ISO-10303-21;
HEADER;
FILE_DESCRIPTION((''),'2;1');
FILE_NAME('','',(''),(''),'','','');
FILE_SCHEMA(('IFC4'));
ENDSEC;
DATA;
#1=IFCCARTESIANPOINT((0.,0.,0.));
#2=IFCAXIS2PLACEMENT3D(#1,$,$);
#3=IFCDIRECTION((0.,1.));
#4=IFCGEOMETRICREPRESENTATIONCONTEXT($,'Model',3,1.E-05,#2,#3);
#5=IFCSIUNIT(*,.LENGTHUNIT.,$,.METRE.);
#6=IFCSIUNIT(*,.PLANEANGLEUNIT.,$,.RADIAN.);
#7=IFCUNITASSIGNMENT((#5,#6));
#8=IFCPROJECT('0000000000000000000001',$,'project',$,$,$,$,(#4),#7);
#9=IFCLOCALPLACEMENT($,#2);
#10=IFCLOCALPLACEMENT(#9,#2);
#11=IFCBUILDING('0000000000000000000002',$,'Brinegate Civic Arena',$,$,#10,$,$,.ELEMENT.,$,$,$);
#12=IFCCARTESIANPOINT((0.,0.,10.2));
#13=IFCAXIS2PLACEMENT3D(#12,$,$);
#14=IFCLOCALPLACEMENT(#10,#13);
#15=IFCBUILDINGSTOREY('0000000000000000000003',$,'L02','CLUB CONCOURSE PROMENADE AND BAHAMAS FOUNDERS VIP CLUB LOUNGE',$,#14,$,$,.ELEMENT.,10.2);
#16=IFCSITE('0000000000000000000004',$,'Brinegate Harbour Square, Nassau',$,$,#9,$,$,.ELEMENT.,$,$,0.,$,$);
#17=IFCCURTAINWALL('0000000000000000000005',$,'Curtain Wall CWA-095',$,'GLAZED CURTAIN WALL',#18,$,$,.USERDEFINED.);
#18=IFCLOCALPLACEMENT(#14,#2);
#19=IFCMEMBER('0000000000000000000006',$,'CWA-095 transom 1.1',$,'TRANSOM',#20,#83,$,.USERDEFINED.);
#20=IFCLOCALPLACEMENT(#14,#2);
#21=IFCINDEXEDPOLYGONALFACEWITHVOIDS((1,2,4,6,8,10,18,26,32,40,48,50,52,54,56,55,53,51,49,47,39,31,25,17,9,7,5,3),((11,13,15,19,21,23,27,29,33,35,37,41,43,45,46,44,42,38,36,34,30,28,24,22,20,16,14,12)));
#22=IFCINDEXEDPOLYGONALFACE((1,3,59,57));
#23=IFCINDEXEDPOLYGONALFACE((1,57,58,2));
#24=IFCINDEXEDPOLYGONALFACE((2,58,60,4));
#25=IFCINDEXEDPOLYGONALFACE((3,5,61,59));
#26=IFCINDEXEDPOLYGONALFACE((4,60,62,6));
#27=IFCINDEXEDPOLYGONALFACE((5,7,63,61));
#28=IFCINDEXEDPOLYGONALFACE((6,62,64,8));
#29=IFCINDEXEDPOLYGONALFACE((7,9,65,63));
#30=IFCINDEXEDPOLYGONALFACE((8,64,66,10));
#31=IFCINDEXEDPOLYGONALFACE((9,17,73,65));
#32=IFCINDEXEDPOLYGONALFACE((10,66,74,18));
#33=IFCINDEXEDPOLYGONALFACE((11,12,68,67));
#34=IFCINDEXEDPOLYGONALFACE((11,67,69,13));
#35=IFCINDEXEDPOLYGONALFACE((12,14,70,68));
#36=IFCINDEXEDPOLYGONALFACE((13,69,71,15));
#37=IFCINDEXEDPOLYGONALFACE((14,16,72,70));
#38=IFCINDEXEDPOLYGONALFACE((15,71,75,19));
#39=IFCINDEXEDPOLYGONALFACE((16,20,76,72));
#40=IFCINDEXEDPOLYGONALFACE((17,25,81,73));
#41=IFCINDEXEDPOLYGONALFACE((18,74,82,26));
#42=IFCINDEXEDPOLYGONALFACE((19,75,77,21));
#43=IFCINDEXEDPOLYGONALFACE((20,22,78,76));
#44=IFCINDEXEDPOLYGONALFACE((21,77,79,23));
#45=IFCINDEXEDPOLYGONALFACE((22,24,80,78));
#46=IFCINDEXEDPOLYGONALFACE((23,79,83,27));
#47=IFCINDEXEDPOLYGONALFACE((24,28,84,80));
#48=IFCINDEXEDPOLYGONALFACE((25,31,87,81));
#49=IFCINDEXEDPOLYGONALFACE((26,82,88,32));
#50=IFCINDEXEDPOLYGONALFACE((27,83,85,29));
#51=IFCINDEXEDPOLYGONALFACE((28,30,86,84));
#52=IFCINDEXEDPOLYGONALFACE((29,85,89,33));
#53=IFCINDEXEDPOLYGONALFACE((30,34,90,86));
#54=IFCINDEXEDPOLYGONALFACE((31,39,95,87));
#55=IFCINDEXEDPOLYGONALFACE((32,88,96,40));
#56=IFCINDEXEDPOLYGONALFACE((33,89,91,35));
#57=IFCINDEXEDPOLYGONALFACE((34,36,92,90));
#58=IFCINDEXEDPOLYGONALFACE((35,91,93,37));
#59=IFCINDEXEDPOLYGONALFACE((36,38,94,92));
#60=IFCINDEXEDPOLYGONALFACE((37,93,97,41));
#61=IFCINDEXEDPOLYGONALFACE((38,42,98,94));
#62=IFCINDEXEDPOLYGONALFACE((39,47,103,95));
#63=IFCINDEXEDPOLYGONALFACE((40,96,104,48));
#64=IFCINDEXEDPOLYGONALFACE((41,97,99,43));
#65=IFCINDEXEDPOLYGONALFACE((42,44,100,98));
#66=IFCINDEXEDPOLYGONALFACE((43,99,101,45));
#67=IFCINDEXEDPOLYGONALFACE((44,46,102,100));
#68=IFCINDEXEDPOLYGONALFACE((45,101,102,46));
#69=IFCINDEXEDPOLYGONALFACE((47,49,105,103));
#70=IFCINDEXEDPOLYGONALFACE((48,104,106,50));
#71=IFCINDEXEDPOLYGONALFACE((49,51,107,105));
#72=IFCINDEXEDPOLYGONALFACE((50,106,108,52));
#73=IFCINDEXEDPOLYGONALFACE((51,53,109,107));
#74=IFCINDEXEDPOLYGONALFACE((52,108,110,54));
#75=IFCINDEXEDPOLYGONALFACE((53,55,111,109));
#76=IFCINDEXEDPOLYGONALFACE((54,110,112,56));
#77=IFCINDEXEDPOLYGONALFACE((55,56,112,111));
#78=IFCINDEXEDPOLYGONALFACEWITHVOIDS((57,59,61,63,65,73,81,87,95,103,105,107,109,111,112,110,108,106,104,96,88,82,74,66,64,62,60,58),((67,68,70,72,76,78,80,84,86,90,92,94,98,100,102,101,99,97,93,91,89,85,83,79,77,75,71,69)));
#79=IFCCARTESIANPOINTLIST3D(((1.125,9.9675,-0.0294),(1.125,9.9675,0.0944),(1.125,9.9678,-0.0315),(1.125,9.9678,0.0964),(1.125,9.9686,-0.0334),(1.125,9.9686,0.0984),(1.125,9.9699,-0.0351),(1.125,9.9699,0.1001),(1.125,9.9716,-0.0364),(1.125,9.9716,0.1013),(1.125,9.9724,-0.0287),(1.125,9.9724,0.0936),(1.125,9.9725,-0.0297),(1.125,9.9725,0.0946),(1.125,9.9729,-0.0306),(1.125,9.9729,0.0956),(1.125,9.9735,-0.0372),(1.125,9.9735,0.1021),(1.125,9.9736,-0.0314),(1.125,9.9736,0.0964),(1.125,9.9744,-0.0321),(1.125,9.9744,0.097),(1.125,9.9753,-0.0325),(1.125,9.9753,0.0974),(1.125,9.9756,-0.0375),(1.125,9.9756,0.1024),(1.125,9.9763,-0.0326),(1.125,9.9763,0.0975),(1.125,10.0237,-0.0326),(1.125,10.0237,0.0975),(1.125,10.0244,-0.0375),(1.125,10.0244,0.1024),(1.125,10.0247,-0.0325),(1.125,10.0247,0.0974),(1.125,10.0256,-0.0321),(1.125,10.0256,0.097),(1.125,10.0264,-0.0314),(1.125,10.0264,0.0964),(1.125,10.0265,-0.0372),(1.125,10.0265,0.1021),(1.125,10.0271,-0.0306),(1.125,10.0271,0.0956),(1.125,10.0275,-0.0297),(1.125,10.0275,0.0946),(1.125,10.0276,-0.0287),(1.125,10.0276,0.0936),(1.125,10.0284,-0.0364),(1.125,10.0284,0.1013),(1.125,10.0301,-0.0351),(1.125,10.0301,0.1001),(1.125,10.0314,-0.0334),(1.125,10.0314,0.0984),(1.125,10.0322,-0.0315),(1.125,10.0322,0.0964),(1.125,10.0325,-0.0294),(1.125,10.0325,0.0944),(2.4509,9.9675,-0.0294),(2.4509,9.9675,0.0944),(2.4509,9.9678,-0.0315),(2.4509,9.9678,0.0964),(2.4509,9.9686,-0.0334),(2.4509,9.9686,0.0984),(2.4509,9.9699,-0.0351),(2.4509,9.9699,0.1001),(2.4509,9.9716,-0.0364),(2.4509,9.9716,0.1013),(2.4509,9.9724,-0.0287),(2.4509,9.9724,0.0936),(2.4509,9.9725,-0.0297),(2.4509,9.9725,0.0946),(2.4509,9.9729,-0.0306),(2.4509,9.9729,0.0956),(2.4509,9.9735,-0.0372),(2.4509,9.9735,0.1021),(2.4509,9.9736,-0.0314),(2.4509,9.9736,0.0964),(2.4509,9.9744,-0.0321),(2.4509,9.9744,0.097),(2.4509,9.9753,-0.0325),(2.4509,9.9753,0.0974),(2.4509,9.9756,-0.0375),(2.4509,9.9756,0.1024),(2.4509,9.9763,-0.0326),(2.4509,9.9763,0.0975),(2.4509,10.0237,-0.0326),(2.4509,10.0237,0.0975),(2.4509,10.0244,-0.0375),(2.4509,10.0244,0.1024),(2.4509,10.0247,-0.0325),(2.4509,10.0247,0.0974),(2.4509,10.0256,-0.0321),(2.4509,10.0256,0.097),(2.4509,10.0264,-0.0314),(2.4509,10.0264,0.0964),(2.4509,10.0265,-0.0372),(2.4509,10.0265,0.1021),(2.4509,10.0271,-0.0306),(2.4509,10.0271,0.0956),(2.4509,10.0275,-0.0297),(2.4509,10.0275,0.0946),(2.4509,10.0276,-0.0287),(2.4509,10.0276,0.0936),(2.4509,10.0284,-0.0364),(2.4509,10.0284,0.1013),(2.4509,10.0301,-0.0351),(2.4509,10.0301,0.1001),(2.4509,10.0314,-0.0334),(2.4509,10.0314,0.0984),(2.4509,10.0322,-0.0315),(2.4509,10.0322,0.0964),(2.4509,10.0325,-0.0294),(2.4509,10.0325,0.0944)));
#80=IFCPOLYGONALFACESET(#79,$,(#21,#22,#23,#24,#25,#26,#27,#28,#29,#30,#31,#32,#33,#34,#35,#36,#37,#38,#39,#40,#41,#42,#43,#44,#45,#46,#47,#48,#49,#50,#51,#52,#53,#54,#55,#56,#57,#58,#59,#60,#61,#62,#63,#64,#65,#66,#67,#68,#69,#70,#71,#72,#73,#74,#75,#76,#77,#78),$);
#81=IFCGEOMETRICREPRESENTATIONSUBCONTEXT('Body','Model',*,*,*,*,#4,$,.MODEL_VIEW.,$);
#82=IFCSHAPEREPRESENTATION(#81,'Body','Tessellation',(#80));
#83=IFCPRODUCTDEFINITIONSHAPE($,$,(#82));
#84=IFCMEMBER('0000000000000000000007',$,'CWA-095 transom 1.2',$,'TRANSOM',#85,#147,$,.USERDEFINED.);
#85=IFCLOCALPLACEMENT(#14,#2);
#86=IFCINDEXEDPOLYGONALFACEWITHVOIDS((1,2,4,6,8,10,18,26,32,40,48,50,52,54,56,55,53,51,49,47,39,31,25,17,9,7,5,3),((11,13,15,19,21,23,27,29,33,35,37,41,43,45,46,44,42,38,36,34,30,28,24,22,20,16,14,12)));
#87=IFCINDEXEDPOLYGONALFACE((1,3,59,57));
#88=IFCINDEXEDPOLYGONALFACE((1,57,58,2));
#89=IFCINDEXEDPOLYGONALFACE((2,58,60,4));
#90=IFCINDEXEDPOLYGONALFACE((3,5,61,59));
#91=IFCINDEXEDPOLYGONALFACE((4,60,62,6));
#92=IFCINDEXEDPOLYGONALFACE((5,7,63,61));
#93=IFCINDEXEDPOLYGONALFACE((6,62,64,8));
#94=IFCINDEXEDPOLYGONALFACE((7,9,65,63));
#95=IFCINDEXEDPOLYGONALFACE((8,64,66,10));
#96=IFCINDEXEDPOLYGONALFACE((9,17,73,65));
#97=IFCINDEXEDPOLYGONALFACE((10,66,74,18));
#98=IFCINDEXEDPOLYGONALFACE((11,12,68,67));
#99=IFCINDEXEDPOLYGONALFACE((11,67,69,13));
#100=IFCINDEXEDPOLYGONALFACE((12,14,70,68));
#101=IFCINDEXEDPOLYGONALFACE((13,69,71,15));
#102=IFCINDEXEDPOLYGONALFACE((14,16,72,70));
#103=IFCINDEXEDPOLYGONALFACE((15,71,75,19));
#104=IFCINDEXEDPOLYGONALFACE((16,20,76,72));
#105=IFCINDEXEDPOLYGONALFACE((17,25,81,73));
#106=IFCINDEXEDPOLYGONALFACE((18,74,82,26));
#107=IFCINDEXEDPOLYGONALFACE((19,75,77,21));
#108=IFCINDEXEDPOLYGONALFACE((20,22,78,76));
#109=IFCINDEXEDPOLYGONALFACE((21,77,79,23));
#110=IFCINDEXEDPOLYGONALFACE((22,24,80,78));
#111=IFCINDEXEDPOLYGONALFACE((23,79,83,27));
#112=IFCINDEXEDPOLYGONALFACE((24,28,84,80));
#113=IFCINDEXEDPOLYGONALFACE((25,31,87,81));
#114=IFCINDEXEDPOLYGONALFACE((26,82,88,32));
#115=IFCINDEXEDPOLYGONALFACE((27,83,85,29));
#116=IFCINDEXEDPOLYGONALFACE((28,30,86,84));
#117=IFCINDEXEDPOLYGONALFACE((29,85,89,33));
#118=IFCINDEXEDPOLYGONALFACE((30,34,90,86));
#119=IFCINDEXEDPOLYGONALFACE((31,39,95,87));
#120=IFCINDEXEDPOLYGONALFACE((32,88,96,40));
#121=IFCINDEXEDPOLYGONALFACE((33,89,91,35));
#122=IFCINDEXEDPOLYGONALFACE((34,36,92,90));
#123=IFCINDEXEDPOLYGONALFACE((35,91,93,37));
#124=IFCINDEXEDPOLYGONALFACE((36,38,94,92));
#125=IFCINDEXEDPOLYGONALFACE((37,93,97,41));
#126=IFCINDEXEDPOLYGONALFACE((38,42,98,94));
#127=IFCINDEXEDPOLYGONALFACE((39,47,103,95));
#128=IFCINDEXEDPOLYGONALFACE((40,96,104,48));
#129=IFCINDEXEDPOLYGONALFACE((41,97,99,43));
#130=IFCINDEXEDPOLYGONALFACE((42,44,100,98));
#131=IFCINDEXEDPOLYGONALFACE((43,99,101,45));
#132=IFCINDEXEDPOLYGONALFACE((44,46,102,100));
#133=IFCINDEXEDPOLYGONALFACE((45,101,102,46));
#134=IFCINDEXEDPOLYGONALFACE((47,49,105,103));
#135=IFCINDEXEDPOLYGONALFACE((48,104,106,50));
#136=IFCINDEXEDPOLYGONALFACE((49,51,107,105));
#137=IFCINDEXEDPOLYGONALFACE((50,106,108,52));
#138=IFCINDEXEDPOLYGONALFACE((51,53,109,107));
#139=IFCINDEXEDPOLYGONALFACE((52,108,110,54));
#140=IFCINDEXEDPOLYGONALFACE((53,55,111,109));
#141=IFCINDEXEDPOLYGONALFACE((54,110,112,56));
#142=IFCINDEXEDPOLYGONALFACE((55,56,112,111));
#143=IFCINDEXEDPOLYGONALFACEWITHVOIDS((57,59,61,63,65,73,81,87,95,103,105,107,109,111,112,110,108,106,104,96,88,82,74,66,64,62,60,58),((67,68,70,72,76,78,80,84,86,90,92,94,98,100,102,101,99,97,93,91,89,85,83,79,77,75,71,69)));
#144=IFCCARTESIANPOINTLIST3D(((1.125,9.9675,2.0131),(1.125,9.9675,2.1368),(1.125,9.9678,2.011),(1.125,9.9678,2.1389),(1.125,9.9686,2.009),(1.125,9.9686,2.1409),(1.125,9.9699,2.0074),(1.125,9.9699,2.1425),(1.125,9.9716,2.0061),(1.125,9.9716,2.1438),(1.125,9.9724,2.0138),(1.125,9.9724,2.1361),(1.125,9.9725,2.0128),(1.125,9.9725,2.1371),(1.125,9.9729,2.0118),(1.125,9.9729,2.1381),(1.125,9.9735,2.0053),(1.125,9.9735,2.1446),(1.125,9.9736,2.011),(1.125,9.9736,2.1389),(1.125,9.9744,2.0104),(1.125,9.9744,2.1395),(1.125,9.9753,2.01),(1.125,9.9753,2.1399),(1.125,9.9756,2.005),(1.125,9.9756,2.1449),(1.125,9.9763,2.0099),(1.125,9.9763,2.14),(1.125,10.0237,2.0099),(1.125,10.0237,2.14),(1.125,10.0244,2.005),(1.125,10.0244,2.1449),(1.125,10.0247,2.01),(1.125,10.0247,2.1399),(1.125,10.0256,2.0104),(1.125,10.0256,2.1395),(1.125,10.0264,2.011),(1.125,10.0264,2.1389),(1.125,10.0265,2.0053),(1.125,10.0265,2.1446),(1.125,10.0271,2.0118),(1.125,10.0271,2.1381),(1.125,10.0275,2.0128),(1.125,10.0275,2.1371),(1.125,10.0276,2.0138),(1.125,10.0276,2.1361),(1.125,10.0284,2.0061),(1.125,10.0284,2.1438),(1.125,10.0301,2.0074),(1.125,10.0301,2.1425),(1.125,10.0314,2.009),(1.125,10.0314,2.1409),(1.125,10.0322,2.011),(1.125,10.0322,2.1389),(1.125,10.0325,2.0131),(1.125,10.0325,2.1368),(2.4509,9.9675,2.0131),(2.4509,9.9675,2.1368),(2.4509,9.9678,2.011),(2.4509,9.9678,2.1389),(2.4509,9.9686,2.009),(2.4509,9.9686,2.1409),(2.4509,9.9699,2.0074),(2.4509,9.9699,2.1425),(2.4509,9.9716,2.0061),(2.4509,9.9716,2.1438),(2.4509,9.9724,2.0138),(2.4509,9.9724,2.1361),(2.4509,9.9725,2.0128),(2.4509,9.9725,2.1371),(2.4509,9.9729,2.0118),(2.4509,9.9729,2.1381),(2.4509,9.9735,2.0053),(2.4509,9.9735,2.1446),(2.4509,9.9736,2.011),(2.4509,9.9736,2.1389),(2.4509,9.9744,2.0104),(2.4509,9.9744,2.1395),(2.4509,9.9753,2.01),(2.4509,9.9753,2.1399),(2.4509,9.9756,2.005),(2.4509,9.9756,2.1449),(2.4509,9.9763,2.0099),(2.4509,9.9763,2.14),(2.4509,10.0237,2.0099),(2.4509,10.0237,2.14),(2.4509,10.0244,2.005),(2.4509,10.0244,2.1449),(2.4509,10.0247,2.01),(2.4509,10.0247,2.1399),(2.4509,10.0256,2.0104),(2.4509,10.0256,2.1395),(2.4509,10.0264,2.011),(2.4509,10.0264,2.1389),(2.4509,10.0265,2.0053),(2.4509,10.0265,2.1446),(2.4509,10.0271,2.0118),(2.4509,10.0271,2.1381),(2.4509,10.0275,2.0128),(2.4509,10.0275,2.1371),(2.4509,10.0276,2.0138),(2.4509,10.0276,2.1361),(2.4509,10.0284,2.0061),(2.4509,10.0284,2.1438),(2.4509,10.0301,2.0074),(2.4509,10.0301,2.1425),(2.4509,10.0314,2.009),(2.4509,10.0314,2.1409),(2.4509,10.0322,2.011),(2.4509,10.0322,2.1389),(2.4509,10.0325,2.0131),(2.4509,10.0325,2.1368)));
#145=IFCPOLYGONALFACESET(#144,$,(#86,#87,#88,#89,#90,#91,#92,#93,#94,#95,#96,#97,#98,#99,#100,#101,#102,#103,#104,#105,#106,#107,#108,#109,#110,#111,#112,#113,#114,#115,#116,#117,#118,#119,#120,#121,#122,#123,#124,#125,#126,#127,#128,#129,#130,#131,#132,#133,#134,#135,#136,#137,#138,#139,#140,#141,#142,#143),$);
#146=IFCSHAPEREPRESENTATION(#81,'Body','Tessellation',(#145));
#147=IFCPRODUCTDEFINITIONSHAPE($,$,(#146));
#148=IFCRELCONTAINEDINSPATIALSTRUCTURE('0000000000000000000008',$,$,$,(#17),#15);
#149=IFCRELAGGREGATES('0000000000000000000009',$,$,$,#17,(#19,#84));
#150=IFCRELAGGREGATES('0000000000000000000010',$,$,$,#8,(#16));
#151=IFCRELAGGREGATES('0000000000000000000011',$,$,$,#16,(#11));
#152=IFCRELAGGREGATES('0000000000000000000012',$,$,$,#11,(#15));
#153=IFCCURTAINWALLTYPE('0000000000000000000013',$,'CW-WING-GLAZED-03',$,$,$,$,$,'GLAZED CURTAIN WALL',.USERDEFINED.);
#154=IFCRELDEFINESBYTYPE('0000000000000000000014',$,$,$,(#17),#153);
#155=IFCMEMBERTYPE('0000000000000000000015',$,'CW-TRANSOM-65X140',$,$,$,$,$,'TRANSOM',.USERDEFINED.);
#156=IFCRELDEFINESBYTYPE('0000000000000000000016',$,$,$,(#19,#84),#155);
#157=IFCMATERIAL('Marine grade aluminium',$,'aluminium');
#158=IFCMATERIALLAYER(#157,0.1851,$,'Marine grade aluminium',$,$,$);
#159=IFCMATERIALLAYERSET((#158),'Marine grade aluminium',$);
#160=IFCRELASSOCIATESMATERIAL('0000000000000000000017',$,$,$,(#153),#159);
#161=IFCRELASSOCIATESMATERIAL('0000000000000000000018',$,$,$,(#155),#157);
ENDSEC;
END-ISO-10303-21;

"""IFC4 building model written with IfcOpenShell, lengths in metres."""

from ifc_helpers import new_model, si_unit, direction, frame, origin, origin_2d, place, context, subcontext, project, spatial, hollow_rectangle, extrude, material, layer, layer_set, material_profile, profile_set, type_object, element, aggregate, save


model = new_model("IFC4")

# Units and contexts
model_context = context("Model", 3, precision=1e-05, world=origin(), true_north=direction((0.0, 1.0)))
body_context = subcontext(model_context, "Body", "Model", "MODEL_VIEW")
ifc_project = project(units=[si_unit("LENGTHUNIT", "METRE"), si_unit("PLANEANGLEUNIT", "RADIAN")], contexts=[model_context])

# Site, building, storey
site_placement = place(None, origin())
site = spatial("IfcSite", under=ifc_project, at=site_placement, Name="Brinegate Harbour Square, Nassau", CompositionType="ELEMENT", RefElevation=0.0)
building_placement = place(site_placement, origin())
building = spatial("IfcBuilding", under=site, at=building_placement, Name="Brinegate Civic Arena", CompositionType="ELEMENT")
storey_placement = place(building_placement, frame((0.0, 0.0, 10.2)))
storey = spatial("IfcBuildingStorey", under=building, at=storey_placement, Name="L02", Description="CLUB CONCOURSE PROMENADE AND BAHAMAS FOUNDERS VIP CLUB LOUNGE", CompositionType="ELEMENT", Elevation=10.2)

# Curtain wall, members
ifc_material_1 = material(Name="Marine grade aluminium", Category="aluminium")
ifc_layer_1 = layer(ifc_material_1, 0.1851, Name="Marine grade aluminium")
ifc_layer_set_1 = layer_set([ifc_layer_1], Name="Marine grade aluminium")
curtain_wall_type = type_object("IfcCurtainWallType", Name="CW-WING-GLAZED-03", ElementType="GLAZED CURTAIN WALL", PredefinedType="USERDEFINED", material=ifc_layer_set_1)
curtain_wall_placement = place(storey_placement, origin())
curtain_wall = element("IfcCurtainWall", 1, at=curtain_wall_placement, inside=storey, type_object=curtain_wall_type, Name="Curtain Wall CWA-095", ObjectType="GLAZED CURTAIN WALL", PredefinedType="USERDEFINED")
ifc_material_profile_1 = material_profile(ifc_material_1, hollow_rectangle(XDim=0.0649, YDim=0.1399, WallThickness=0.0049, InnerFilletRadius=0.0039, OuterFilletRadius=0.0081, at=origin_2d()), Name="TRN65X140")
ifc_profile_set_1 = profile_set([ifc_material_profile_1], Name="Marine grade aluminium")
member_type_1 = type_object("IfcMemberType", Name="CW-TRANSOM-65X140", ElementType="TRANSOM", PredefinedType="USERDEFINED", material=ifc_profile_set_1)
member_1_placement = place(storey_placement, frame((1.125, 10.0, 0.0325), z_axis=(1.0, 0.0, 0.0), x_axis=(0.0, 1.0, 0.0)))
member_1 = element("IfcMember", 2, at=member_1_placement, type_object=member_type_1, Name="CWA-095 transom 1.1", ObjectType="TRANSOM", PredefinedType="USERDEFINED", context=body_context, shape_type="SweptSolid", body=[
    extrude(hollow_rectangle(XDim=0.0649, YDim=0.1399, WallThickness=0.0049, InnerFilletRadius=0.0039, OuterFilletRadius=0.0081, at=origin_2d()), origin(), (0.0, 0.0, 1.0), 1.3259),
])
member_2_placement = place(storey_placement, frame((1.125, 10.0, 2.075), z_axis=(1.0, 0.0, 0.0), x_axis=(0.0, 1.0, 0.0)))
member_2 = element("IfcMember", 3, at=member_2_placement, type_object=member_type_1, Name="CWA-095 transom 1.2", ObjectType="TRANSOM", PredefinedType="USERDEFINED", context=body_context, shape_type="SweptSolid", body=[
    extrude(hollow_rectangle(XDim=0.0649, YDim=0.1399, WallThickness=0.0049, InnerFilletRadius=0.0039, OuterFilletRadius=0.0081, at=origin_2d()), origin(), (0.0, 0.0, 1.0), 1.3259),
])

aggregate(curtain_wall, [member_1, member_2])

save(model, "model.ifc")
